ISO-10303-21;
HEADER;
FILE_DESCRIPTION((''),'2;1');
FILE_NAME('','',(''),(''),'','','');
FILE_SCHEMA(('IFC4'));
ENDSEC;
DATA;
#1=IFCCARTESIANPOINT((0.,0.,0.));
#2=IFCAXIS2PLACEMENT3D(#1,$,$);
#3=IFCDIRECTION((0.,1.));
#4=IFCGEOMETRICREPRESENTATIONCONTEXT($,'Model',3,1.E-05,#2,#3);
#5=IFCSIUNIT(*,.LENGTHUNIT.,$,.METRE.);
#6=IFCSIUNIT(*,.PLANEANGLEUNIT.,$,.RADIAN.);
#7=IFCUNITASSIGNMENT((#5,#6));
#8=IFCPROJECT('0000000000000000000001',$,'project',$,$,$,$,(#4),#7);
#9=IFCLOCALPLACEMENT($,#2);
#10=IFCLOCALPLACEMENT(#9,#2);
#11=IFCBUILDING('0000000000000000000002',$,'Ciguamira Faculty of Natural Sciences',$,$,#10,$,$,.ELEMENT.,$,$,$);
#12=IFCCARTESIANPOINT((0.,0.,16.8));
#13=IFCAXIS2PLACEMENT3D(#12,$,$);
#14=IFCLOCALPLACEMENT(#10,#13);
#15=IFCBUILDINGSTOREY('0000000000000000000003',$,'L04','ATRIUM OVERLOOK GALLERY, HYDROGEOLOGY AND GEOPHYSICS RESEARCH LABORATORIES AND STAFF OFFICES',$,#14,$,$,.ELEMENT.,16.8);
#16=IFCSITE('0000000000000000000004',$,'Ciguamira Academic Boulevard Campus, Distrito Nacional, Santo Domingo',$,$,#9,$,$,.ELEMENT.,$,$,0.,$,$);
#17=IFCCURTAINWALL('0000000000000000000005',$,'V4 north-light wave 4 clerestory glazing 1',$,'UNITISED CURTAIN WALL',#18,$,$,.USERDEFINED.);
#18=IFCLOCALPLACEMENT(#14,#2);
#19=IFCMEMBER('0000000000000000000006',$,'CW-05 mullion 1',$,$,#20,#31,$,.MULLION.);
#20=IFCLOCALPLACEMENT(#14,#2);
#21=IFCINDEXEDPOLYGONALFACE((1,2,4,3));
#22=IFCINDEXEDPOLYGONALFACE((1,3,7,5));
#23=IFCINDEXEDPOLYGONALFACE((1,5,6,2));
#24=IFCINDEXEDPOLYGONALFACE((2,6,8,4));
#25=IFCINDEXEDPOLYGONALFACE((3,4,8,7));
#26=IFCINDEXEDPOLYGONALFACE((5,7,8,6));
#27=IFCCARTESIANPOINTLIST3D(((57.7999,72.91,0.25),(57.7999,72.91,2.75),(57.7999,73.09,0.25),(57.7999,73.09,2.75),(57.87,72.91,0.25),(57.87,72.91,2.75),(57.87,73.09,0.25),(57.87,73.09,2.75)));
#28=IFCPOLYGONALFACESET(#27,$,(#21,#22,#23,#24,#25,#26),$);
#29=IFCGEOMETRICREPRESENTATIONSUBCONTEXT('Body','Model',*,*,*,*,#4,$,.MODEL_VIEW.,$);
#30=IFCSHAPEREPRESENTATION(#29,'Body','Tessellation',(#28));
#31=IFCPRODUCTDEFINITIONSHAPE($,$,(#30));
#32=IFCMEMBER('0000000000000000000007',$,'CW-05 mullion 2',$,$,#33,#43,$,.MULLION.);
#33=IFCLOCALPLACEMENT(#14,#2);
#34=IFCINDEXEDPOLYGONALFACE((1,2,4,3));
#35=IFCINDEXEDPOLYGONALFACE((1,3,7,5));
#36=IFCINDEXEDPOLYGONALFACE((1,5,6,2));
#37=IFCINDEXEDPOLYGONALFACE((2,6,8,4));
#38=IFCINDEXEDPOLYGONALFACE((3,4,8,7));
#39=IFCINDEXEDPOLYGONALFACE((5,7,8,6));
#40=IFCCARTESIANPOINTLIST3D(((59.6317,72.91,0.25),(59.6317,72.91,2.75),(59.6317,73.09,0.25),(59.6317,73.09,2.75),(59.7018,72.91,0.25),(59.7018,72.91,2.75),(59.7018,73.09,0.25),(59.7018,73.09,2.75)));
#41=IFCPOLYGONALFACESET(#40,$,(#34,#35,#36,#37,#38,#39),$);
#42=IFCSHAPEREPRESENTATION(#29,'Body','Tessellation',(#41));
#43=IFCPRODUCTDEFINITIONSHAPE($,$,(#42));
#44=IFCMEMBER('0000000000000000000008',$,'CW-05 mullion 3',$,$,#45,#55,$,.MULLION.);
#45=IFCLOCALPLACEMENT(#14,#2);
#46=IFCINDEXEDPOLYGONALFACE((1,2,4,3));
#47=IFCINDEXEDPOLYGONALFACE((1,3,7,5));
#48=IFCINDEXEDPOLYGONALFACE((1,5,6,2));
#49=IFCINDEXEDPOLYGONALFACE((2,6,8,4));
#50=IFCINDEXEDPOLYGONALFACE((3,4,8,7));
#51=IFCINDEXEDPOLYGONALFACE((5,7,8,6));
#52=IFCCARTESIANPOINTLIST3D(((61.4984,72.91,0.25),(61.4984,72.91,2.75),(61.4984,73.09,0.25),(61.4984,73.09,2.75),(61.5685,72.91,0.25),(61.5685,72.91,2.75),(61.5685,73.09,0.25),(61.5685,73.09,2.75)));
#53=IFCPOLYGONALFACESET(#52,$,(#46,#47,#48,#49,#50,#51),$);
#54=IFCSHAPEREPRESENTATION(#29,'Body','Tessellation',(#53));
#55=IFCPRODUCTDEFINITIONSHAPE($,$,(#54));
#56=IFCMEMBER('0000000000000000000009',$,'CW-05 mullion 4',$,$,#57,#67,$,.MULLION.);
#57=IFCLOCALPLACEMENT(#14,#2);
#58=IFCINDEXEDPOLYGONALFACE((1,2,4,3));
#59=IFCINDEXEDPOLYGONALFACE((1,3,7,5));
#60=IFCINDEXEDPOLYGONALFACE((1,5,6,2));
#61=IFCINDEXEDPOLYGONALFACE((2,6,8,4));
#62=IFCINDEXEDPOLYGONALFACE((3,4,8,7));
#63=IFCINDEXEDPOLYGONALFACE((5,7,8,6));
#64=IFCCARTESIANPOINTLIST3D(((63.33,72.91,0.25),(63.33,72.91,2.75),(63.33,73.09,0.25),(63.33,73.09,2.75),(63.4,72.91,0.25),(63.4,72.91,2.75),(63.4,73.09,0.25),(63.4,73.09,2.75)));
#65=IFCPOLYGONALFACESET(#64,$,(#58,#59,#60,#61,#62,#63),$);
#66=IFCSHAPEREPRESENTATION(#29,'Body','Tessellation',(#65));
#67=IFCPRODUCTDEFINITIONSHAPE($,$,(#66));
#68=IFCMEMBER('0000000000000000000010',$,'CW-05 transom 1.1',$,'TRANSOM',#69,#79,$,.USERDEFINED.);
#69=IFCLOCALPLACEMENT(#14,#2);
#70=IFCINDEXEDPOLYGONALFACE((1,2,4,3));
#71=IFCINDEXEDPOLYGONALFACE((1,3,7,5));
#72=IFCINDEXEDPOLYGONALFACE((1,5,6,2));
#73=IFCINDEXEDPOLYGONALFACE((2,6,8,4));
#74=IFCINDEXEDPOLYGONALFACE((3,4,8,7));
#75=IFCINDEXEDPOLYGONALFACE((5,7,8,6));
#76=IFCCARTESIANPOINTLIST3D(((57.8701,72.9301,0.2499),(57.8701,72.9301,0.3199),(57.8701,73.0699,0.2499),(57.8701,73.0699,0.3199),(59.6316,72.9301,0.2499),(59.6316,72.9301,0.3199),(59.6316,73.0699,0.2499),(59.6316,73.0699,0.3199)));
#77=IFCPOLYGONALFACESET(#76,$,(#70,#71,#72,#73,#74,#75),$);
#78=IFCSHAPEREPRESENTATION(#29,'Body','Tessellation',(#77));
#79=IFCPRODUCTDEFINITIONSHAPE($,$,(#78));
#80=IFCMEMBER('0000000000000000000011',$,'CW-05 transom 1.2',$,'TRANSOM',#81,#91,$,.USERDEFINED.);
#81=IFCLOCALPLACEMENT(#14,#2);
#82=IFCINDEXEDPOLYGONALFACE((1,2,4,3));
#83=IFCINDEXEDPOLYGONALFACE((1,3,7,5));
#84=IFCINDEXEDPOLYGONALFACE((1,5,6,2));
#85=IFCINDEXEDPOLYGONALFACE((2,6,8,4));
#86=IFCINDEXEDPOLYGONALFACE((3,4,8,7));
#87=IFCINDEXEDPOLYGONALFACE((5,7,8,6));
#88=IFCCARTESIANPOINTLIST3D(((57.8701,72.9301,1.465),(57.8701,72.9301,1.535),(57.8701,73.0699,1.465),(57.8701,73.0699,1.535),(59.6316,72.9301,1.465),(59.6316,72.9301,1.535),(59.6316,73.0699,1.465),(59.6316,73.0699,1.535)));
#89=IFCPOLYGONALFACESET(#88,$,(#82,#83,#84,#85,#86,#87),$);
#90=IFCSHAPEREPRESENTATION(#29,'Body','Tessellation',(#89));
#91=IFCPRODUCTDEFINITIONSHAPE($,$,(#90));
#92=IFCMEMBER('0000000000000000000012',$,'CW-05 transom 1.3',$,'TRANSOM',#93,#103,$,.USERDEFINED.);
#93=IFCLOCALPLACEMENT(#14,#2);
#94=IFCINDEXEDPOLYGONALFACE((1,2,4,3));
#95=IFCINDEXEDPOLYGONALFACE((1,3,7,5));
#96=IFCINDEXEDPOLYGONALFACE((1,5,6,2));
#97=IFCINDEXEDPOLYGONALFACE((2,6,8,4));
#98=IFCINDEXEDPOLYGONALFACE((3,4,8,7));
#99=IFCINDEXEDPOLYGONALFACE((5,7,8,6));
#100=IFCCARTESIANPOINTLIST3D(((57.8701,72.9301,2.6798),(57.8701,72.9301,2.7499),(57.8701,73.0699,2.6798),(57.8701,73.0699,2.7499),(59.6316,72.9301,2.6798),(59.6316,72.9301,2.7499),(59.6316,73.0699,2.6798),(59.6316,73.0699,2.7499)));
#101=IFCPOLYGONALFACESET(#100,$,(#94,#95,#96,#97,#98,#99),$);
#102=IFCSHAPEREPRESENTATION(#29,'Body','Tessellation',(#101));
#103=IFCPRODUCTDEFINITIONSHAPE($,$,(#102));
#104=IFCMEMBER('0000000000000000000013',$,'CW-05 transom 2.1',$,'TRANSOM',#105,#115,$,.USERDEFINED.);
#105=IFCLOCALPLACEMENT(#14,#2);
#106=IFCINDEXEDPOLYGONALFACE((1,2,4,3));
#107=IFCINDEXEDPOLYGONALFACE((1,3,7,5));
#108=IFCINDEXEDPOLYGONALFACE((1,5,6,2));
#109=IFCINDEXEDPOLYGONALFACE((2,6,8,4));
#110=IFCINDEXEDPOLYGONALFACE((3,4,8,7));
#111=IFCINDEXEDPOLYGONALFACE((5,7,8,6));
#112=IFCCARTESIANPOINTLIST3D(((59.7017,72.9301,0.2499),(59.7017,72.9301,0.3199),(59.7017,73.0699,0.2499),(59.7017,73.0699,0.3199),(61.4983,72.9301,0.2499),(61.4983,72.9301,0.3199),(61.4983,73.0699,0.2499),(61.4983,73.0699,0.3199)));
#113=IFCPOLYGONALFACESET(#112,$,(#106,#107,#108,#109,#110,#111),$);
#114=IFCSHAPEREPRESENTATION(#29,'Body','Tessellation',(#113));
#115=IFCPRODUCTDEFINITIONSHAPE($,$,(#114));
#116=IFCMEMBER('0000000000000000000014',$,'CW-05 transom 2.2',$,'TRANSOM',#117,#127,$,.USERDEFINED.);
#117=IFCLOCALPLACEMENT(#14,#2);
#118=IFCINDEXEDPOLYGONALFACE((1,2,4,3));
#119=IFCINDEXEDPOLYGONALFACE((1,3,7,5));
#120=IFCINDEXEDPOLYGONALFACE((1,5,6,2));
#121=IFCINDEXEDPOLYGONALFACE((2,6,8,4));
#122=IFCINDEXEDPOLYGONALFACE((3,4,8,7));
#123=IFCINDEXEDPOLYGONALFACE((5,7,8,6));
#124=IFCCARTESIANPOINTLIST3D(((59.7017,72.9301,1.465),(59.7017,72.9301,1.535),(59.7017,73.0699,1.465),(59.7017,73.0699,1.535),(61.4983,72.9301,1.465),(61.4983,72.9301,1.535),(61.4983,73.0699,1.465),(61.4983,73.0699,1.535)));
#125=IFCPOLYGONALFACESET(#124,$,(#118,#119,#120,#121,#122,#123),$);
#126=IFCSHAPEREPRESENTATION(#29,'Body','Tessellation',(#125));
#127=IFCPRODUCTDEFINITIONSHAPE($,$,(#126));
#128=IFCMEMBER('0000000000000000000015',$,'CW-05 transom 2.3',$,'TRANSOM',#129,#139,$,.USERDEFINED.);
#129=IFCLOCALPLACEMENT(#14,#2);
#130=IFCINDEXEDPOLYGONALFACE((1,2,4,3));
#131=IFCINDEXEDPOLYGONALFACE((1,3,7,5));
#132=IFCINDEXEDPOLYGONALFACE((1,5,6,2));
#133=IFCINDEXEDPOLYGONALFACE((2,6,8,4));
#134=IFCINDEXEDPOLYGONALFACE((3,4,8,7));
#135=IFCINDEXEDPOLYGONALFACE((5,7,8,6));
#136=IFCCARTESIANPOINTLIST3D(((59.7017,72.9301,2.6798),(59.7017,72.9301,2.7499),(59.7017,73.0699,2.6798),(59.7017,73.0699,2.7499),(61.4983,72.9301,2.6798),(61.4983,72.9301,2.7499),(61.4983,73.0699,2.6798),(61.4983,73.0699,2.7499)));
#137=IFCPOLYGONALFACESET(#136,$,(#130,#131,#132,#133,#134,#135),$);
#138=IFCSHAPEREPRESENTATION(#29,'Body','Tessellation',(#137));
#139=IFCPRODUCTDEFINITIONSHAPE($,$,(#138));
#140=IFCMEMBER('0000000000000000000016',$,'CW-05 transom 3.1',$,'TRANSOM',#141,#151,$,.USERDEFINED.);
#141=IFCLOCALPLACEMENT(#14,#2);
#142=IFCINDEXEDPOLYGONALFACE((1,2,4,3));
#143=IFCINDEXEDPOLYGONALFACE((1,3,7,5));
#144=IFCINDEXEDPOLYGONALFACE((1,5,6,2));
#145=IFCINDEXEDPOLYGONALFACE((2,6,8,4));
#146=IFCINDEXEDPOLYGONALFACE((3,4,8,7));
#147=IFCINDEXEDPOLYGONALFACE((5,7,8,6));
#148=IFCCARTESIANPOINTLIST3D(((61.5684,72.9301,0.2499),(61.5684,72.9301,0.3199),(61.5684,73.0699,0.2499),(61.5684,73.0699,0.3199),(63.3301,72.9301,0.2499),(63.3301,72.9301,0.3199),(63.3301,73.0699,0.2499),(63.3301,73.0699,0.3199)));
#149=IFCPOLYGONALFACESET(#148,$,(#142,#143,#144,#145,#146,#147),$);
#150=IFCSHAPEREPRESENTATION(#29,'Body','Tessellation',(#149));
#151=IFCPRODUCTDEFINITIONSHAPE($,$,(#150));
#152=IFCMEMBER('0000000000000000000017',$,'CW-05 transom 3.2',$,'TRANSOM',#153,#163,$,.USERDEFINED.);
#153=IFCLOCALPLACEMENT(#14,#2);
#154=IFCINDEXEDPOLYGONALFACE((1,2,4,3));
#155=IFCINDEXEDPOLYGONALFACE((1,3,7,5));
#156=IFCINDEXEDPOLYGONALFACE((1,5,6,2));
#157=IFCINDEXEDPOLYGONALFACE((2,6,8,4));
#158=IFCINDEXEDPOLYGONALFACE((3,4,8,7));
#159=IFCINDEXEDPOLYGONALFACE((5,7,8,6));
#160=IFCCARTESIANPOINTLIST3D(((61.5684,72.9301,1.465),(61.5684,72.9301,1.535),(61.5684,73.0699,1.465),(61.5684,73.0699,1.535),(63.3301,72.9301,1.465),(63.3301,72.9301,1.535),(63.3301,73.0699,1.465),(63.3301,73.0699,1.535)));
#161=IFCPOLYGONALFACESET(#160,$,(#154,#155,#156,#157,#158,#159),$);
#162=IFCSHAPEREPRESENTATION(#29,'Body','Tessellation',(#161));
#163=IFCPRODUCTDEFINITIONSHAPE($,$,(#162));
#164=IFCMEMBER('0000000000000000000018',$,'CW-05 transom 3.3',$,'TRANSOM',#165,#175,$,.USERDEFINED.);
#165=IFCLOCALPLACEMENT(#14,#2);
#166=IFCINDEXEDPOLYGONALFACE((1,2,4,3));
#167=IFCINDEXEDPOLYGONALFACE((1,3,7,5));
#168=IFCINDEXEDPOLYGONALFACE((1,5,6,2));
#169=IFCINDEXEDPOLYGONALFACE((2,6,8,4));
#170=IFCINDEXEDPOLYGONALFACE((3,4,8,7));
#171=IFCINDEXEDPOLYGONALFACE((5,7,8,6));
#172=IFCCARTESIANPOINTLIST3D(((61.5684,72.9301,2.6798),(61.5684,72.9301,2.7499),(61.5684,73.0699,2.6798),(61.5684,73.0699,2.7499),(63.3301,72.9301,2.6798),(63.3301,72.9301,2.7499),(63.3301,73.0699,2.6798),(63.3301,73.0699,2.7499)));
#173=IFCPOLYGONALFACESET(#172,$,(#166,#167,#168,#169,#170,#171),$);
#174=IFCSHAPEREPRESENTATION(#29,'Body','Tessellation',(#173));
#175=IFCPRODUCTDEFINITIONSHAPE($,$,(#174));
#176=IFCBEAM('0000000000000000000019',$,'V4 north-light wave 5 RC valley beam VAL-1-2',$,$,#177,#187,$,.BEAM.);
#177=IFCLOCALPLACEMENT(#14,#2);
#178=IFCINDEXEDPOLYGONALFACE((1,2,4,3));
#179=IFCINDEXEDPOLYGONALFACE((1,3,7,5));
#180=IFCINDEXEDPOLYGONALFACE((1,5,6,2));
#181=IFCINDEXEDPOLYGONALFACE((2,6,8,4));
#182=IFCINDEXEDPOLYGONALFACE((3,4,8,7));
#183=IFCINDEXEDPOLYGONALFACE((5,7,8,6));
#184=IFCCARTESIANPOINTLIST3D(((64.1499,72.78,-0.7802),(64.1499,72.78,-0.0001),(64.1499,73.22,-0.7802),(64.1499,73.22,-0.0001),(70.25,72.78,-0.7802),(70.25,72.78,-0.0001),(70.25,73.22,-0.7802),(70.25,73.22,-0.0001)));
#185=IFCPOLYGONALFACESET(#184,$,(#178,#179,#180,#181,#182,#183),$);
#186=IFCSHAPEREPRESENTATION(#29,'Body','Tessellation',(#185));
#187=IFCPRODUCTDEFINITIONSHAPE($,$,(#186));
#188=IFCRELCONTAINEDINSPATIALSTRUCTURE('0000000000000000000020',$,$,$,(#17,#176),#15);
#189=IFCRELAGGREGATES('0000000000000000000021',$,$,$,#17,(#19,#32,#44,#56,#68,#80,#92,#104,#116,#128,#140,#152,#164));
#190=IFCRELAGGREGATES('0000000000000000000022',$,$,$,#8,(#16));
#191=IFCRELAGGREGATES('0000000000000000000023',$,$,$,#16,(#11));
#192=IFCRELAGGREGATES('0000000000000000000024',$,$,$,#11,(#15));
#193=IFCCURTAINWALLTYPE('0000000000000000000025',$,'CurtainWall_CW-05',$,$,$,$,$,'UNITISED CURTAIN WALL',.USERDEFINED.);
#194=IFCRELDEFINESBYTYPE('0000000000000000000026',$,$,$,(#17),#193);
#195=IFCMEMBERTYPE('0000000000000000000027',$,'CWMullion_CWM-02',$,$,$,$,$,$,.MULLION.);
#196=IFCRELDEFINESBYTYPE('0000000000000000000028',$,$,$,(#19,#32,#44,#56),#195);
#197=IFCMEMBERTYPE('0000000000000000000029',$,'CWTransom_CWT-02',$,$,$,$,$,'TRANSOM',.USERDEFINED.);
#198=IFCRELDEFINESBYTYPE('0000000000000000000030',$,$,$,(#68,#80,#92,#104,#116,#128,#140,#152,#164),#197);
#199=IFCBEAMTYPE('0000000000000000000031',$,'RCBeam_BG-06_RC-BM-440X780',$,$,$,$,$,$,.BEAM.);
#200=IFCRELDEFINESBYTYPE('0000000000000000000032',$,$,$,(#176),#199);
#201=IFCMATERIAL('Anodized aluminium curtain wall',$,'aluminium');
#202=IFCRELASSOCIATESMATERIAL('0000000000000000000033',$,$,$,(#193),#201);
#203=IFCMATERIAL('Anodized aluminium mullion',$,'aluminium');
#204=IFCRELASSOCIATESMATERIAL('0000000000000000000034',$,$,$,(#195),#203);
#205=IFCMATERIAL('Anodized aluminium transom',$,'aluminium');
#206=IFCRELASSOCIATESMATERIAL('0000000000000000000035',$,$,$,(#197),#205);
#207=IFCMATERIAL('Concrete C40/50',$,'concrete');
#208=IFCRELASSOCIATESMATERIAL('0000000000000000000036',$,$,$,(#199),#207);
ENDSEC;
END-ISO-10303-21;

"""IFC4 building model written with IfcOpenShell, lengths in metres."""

from ifc_helpers import new_model, si_unit, direction, frame, origin, origin_2d, place, context, subcontext, project, spatial, rectangle, extrude, material, material_profile, profile_set, type_object, element, aggregate, save


model = new_model("IFC4")

# Units and contexts
model_context = context("Model", 3, precision=1e-05, world=origin(), true_north=direction((0.0, 1.0)))
body_context = subcontext(model_context, "Body", "Model", "MODEL_VIEW")
ifc_project = project(units=[si_unit("LENGTHUNIT", "METRE"), si_unit("PLANEANGLEUNIT", "RADIAN")], contexts=[model_context])

# Site, building, storey
site_placement = place(None, origin())
site = spatial("IfcSite", under=ifc_project, at=site_placement, Name="Ciguamira Academic Boulevard Campus, Distrito Nacional, Santo Domingo", CompositionType="ELEMENT", RefElevation=0.0)
building_placement = place(site_placement, origin())
building = spatial("IfcBuilding", under=site, at=building_placement, Name="Ciguamira Faculty of Natural Sciences", CompositionType="ELEMENT")
storey_placement = place(building_placement, frame((0.0, 0.0, 16.8)))
storey = spatial("IfcBuildingStorey", under=building, at=storey_placement, Name="L04", Description="ATRIUM OVERLOOK GALLERY, HYDROGEOLOGY AND GEOPHYSICS RESEARCH LABORATORIES AND STAFF OFFICES", CompositionType="ELEMENT", Elevation=16.8)

# Curtain wall, members
ifc_material_1 = material(Name="Anodized aluminium curtain wall", Category="aluminium")
curtain_wall_type = type_object("IfcCurtainWallType", Name="CurtainWall_CW-05", ElementType="UNITISED CURTAIN WALL", PredefinedType="USERDEFINED", material=ifc_material_1)
curtain_wall_placement = place(storey_placement, origin())
curtain_wall = element("IfcCurtainWall", 1, at=curtain_wall_placement, inside=storey, type_object=curtain_wall_type, Name="V4 north-light wave 4 clerestory glazing 1", ObjectType="UNITISED CURTAIN WALL", PredefinedType="USERDEFINED")
ifc_material_2 = material(Name="Anodized aluminium mullion", Category="aluminium")
ifc_material_profile_1 = material_profile(ifc_material_2, rectangle(XDim=0.0701, YDim=0.1799, at=origin_2d()), Name="ALU-MUL-70X180")
ifc_profile_set_1 = profile_set([ifc_material_profile_1], Name="Anodized aluminium mullion")
member_type_1 = type_object("IfcMemberType", Name="CWMullion_CWM-02", PredefinedType="MULLION", material=ifc_profile_set_1)
member_1_placement = place(storey_placement, frame((57.835, 73.0, 0.25), z_axis=(0.0, 0.0, 1.0), x_axis=(1.0, 0.0, 0.0)))
member_1 = element("IfcMember", 2, at=member_1_placement, type_object=member_type_1, Name="CW-05 mullion 1", PredefinedType="MULLION", context=body_context, shape_type="SweptSolid", body=[
    extrude(rectangle(XDim=0.0701, YDim=0.1799, at=origin_2d()), origin(), (0.0, 0.0, 1.0), 2.5),
])
member_2_placement = place(storey_placement, frame((59.6667, 73.0, 0.25), z_axis=(0.0, 0.0, 1.0), x_axis=(1.0, 0.0, 0.0)))
member_2 = element("IfcMember", 3, at=member_2_placement, type_object=member_type_1, Name="CW-05 mullion 2", PredefinedType="MULLION", context=body_context, shape_type="SweptSolid", body=[
    extrude(rectangle(XDim=0.0701, YDim=0.1799, at=origin_2d()), origin(), (0.0, 0.0, 1.0), 2.5),
])
member_3_placement = place(storey_placement, frame((61.5334, 73.0, 0.25), z_axis=(0.0, 0.0, 1.0), x_axis=(1.0, 0.0, 0.0)))
member_3 = element("IfcMember", 4, at=member_3_placement, type_object=member_type_1, Name="CW-05 mullion 3", PredefinedType="MULLION", context=body_context, shape_type="SweptSolid", body=[
    extrude(rectangle(XDim=0.0701, YDim=0.1799, at=origin_2d()), origin(), (0.0, 0.0, 1.0), 2.5),
])
member_4_placement = place(storey_placement, frame((63.365, 73.0, 0.25), z_axis=(0.0, 0.0, 1.0), x_axis=(1.0, 0.0, 0.0)))
member_4 = element("IfcMember", 5, at=member_4_placement, type_object=member_type_1, Name="CW-05 mullion 4", PredefinedType="MULLION", context=body_context, shape_type="SweptSolid", body=[
    extrude(rectangle(XDim=0.0701, YDim=0.1799, at=origin_2d()), origin(), (0.0, 0.0, 1.0), 2.5),
])
ifc_material_3 = material(Name="Anodized aluminium transom", Category="aluminium")
ifc_material_profile_2 = material_profile(ifc_material_3, rectangle(XDim=0.0701, YDim=0.1399, at=origin_2d()), Name="ALU-TRN-70X140")
ifc_profile_set_2 = profile_set([ifc_material_profile_2], Name="Anodized aluminium transom")
member_type_2 = type_object("IfcMemberType", Name="CWTransom_CWT-02", ElementType="TRANSOM", PredefinedType="USERDEFINED", material=ifc_profile_set_2)
member_5_placement = place(storey_placement, frame((57.8701, 73.0, 0.2849), z_axis=(1.0, 0.0, 0.0), x_axis=(0.0, 0.0, 1.0)))
member_5 = element("IfcMember", 6, at=member_5_placement, type_object=member_type_2, Name="CW-05 transom 1.1", ObjectType="TRANSOM", PredefinedType="USERDEFINED", context=body_context, shape_type="SweptSolid", body=[
    extrude(rectangle(XDim=0.0701, YDim=0.1399, at=origin_2d()), origin(), (0.0, 0.0, 1.0), 1.7615),
])
member_6_placement = place(storey_placement, frame((57.8701, 73.0, 1.5), z_axis=(1.0, 0.0, 0.0), x_axis=(0.0, 0.0, 1.0)))
member_6 = element("IfcMember", 7, at=member_6_placement, type_object=member_type_2, Name="CW-05 transom 1.2", ObjectType="TRANSOM", PredefinedType="USERDEFINED", context=body_context, shape_type="SweptSolid", body=[
    extrude(rectangle(XDim=0.0701, YDim=0.1399, at=origin_2d()), origin(), (0.0, 0.0, 1.0), 1.7615),
])
member_7_placement = place(storey_placement, frame((57.8701, 73.0, 2.7148), z_axis=(1.0, 0.0, 0.0), x_axis=(0.0, 0.0, 1.0)))
member_7 = element("IfcMember", 8, at=member_7_placement, type_object=member_type_2, Name="CW-05 transom 1.3", ObjectType="TRANSOM", PredefinedType="USERDEFINED", context=body_context, shape_type="SweptSolid", body=[
    extrude(rectangle(XDim=0.0701, YDim=0.1399, at=origin_2d()), origin(), (0.0, 0.0, 1.0), 1.7615),
])
member_8_placement = place(storey_placement, frame((59.7017, 73.0, 0.2849), z_axis=(1.0, 0.0, 0.0), x_axis=(0.0, 0.0, 1.0)))
member_8 = element("IfcMember", 9, at=member_8_placement, type_object=member_type_2, Name="CW-05 transom 2.1", ObjectType="TRANSOM", PredefinedType="USERDEFINED", context=body_context, shape_type="SweptSolid", body=[
    extrude(rectangle(XDim=0.0701, YDim=0.1399, at=origin_2d()), origin(), (0.0, 0.0, 1.0), 1.7966),
])
member_9_placement = place(storey_placement, frame((59.7017, 73.0, 1.5), z_axis=(1.0, 0.0, 0.0), x_axis=(0.0, 0.0, 1.0)))
member_9 = element("IfcMember", 10, at=member_9_placement, type_object=member_type_2, Name="CW-05 transom 2.2", ObjectType="TRANSOM", PredefinedType="USERDEFINED", context=body_context, shape_type="SweptSolid", body=[
    extrude(rectangle(XDim=0.0701, YDim=0.1399, at=origin_2d()), origin(), (0.0, 0.0, 1.0), 1.7966),
])
member_10_placement = place(storey_placement, frame((59.7017, 73.0, 2.7148), z_axis=(1.0, 0.0, 0.0), x_axis=(0.0, 0.0, 1.0)))
member_10 = element("IfcMember", 11, at=member_10_placement, type_object=member_type_2, Name="CW-05 transom 2.3", ObjectType="TRANSOM", PredefinedType="USERDEFINED", context=body_context, shape_type="SweptSolid", body=[
    extrude(rectangle(XDim=0.0701, YDim=0.1399, at=origin_2d()), origin(), (0.0, 0.0, 1.0), 1.7966),
])
member_11_placement = place(storey_placement, frame((61.5684, 73.0, 0.2849), z_axis=(1.0, 0.0, 0.0), x_axis=(0.0, 0.0, 1.0)))
member_11 = element("IfcMember", 12, at=member_11_placement, type_object=member_type_2, Name="CW-05 transom 3.1", ObjectType="TRANSOM", PredefinedType="USERDEFINED", context=body_context, shape_type="SweptSolid", body=[
    extrude(rectangle(XDim=0.0701, YDim=0.1399, at=origin_2d()), origin(), (0.0, 0.0, 1.0), 1.7617),
])
member_12_placement = place(storey_placement, frame((61.5684, 73.0, 1.5), z_axis=(1.0, 0.0, 0.0), x_axis=(0.0, 0.0, 1.0)))
member_12 = element("IfcMember", 13, at=member_12_placement, type_object=member_type_2, Name="CW-05 transom 3.2", ObjectType="TRANSOM", PredefinedType="USERDEFINED", context=body_context, shape_type="SweptSolid", body=[
    extrude(rectangle(XDim=0.0701, YDim=0.1399, at=origin_2d()), origin(), (0.0, 0.0, 1.0), 1.7617),
])
member_13_placement = place(storey_placement, frame((61.5684, 73.0, 2.7148), z_axis=(1.0, 0.0, 0.0), x_axis=(0.0, 0.0, 1.0)))
member_13 = element("IfcMember", 14, at=member_13_placement, type_object=member_type_2, Name="CW-05 transom 3.3", ObjectType="TRANSOM", PredefinedType="USERDEFINED", context=body_context, shape_type="SweptSolid", body=[
    extrude(rectangle(XDim=0.0701, YDim=0.1399, at=origin_2d()), origin(), (0.0, 0.0, 1.0), 1.7617),
])

# Beam
ifc_material_4 = material(Name="Concrete C40/50", Category="concrete")
ifc_material_profile_3 = material_profile(ifc_material_4, rectangle(XDim=0.4399, YDim=0.78, at=origin_2d()), Name="RC-BM-440X780")
ifc_profile_set_3 = profile_set([ifc_material_profile_3], Name="Concrete C40/50")
beam_type = type_object("IfcBeamType", Name="RCBeam_BG-06_RC-BM-440X780", PredefinedType="BEAM", material=ifc_profile_set_3)
beam_placement = place(storey_placement, frame((64.1499, 73.0, -0.3901), z_axis=(1.0, 0.0, 0.0), x_axis=(0.0, 1.0, 0.0)))
element("IfcBeam", 15, at=beam_placement, inside=storey, type_object=beam_type, Name="V4 north-light wave 5 RC valley beam VAL-1-2", PredefinedType="BEAM", context=body_context, shape_type="SweptSolid", body=[
    extrude(rectangle(XDim=0.4399, YDim=0.78, at=origin_2d()), origin(), (0.0, 0.0, 1.0), 6.1001),
])

aggregate(curtain_wall, [member_1, member_2, member_3, member_4, member_5, member_6, member_7, member_8, member_9, member_10, member_11, member_12, member_13])

save(model, "model.ifc")
